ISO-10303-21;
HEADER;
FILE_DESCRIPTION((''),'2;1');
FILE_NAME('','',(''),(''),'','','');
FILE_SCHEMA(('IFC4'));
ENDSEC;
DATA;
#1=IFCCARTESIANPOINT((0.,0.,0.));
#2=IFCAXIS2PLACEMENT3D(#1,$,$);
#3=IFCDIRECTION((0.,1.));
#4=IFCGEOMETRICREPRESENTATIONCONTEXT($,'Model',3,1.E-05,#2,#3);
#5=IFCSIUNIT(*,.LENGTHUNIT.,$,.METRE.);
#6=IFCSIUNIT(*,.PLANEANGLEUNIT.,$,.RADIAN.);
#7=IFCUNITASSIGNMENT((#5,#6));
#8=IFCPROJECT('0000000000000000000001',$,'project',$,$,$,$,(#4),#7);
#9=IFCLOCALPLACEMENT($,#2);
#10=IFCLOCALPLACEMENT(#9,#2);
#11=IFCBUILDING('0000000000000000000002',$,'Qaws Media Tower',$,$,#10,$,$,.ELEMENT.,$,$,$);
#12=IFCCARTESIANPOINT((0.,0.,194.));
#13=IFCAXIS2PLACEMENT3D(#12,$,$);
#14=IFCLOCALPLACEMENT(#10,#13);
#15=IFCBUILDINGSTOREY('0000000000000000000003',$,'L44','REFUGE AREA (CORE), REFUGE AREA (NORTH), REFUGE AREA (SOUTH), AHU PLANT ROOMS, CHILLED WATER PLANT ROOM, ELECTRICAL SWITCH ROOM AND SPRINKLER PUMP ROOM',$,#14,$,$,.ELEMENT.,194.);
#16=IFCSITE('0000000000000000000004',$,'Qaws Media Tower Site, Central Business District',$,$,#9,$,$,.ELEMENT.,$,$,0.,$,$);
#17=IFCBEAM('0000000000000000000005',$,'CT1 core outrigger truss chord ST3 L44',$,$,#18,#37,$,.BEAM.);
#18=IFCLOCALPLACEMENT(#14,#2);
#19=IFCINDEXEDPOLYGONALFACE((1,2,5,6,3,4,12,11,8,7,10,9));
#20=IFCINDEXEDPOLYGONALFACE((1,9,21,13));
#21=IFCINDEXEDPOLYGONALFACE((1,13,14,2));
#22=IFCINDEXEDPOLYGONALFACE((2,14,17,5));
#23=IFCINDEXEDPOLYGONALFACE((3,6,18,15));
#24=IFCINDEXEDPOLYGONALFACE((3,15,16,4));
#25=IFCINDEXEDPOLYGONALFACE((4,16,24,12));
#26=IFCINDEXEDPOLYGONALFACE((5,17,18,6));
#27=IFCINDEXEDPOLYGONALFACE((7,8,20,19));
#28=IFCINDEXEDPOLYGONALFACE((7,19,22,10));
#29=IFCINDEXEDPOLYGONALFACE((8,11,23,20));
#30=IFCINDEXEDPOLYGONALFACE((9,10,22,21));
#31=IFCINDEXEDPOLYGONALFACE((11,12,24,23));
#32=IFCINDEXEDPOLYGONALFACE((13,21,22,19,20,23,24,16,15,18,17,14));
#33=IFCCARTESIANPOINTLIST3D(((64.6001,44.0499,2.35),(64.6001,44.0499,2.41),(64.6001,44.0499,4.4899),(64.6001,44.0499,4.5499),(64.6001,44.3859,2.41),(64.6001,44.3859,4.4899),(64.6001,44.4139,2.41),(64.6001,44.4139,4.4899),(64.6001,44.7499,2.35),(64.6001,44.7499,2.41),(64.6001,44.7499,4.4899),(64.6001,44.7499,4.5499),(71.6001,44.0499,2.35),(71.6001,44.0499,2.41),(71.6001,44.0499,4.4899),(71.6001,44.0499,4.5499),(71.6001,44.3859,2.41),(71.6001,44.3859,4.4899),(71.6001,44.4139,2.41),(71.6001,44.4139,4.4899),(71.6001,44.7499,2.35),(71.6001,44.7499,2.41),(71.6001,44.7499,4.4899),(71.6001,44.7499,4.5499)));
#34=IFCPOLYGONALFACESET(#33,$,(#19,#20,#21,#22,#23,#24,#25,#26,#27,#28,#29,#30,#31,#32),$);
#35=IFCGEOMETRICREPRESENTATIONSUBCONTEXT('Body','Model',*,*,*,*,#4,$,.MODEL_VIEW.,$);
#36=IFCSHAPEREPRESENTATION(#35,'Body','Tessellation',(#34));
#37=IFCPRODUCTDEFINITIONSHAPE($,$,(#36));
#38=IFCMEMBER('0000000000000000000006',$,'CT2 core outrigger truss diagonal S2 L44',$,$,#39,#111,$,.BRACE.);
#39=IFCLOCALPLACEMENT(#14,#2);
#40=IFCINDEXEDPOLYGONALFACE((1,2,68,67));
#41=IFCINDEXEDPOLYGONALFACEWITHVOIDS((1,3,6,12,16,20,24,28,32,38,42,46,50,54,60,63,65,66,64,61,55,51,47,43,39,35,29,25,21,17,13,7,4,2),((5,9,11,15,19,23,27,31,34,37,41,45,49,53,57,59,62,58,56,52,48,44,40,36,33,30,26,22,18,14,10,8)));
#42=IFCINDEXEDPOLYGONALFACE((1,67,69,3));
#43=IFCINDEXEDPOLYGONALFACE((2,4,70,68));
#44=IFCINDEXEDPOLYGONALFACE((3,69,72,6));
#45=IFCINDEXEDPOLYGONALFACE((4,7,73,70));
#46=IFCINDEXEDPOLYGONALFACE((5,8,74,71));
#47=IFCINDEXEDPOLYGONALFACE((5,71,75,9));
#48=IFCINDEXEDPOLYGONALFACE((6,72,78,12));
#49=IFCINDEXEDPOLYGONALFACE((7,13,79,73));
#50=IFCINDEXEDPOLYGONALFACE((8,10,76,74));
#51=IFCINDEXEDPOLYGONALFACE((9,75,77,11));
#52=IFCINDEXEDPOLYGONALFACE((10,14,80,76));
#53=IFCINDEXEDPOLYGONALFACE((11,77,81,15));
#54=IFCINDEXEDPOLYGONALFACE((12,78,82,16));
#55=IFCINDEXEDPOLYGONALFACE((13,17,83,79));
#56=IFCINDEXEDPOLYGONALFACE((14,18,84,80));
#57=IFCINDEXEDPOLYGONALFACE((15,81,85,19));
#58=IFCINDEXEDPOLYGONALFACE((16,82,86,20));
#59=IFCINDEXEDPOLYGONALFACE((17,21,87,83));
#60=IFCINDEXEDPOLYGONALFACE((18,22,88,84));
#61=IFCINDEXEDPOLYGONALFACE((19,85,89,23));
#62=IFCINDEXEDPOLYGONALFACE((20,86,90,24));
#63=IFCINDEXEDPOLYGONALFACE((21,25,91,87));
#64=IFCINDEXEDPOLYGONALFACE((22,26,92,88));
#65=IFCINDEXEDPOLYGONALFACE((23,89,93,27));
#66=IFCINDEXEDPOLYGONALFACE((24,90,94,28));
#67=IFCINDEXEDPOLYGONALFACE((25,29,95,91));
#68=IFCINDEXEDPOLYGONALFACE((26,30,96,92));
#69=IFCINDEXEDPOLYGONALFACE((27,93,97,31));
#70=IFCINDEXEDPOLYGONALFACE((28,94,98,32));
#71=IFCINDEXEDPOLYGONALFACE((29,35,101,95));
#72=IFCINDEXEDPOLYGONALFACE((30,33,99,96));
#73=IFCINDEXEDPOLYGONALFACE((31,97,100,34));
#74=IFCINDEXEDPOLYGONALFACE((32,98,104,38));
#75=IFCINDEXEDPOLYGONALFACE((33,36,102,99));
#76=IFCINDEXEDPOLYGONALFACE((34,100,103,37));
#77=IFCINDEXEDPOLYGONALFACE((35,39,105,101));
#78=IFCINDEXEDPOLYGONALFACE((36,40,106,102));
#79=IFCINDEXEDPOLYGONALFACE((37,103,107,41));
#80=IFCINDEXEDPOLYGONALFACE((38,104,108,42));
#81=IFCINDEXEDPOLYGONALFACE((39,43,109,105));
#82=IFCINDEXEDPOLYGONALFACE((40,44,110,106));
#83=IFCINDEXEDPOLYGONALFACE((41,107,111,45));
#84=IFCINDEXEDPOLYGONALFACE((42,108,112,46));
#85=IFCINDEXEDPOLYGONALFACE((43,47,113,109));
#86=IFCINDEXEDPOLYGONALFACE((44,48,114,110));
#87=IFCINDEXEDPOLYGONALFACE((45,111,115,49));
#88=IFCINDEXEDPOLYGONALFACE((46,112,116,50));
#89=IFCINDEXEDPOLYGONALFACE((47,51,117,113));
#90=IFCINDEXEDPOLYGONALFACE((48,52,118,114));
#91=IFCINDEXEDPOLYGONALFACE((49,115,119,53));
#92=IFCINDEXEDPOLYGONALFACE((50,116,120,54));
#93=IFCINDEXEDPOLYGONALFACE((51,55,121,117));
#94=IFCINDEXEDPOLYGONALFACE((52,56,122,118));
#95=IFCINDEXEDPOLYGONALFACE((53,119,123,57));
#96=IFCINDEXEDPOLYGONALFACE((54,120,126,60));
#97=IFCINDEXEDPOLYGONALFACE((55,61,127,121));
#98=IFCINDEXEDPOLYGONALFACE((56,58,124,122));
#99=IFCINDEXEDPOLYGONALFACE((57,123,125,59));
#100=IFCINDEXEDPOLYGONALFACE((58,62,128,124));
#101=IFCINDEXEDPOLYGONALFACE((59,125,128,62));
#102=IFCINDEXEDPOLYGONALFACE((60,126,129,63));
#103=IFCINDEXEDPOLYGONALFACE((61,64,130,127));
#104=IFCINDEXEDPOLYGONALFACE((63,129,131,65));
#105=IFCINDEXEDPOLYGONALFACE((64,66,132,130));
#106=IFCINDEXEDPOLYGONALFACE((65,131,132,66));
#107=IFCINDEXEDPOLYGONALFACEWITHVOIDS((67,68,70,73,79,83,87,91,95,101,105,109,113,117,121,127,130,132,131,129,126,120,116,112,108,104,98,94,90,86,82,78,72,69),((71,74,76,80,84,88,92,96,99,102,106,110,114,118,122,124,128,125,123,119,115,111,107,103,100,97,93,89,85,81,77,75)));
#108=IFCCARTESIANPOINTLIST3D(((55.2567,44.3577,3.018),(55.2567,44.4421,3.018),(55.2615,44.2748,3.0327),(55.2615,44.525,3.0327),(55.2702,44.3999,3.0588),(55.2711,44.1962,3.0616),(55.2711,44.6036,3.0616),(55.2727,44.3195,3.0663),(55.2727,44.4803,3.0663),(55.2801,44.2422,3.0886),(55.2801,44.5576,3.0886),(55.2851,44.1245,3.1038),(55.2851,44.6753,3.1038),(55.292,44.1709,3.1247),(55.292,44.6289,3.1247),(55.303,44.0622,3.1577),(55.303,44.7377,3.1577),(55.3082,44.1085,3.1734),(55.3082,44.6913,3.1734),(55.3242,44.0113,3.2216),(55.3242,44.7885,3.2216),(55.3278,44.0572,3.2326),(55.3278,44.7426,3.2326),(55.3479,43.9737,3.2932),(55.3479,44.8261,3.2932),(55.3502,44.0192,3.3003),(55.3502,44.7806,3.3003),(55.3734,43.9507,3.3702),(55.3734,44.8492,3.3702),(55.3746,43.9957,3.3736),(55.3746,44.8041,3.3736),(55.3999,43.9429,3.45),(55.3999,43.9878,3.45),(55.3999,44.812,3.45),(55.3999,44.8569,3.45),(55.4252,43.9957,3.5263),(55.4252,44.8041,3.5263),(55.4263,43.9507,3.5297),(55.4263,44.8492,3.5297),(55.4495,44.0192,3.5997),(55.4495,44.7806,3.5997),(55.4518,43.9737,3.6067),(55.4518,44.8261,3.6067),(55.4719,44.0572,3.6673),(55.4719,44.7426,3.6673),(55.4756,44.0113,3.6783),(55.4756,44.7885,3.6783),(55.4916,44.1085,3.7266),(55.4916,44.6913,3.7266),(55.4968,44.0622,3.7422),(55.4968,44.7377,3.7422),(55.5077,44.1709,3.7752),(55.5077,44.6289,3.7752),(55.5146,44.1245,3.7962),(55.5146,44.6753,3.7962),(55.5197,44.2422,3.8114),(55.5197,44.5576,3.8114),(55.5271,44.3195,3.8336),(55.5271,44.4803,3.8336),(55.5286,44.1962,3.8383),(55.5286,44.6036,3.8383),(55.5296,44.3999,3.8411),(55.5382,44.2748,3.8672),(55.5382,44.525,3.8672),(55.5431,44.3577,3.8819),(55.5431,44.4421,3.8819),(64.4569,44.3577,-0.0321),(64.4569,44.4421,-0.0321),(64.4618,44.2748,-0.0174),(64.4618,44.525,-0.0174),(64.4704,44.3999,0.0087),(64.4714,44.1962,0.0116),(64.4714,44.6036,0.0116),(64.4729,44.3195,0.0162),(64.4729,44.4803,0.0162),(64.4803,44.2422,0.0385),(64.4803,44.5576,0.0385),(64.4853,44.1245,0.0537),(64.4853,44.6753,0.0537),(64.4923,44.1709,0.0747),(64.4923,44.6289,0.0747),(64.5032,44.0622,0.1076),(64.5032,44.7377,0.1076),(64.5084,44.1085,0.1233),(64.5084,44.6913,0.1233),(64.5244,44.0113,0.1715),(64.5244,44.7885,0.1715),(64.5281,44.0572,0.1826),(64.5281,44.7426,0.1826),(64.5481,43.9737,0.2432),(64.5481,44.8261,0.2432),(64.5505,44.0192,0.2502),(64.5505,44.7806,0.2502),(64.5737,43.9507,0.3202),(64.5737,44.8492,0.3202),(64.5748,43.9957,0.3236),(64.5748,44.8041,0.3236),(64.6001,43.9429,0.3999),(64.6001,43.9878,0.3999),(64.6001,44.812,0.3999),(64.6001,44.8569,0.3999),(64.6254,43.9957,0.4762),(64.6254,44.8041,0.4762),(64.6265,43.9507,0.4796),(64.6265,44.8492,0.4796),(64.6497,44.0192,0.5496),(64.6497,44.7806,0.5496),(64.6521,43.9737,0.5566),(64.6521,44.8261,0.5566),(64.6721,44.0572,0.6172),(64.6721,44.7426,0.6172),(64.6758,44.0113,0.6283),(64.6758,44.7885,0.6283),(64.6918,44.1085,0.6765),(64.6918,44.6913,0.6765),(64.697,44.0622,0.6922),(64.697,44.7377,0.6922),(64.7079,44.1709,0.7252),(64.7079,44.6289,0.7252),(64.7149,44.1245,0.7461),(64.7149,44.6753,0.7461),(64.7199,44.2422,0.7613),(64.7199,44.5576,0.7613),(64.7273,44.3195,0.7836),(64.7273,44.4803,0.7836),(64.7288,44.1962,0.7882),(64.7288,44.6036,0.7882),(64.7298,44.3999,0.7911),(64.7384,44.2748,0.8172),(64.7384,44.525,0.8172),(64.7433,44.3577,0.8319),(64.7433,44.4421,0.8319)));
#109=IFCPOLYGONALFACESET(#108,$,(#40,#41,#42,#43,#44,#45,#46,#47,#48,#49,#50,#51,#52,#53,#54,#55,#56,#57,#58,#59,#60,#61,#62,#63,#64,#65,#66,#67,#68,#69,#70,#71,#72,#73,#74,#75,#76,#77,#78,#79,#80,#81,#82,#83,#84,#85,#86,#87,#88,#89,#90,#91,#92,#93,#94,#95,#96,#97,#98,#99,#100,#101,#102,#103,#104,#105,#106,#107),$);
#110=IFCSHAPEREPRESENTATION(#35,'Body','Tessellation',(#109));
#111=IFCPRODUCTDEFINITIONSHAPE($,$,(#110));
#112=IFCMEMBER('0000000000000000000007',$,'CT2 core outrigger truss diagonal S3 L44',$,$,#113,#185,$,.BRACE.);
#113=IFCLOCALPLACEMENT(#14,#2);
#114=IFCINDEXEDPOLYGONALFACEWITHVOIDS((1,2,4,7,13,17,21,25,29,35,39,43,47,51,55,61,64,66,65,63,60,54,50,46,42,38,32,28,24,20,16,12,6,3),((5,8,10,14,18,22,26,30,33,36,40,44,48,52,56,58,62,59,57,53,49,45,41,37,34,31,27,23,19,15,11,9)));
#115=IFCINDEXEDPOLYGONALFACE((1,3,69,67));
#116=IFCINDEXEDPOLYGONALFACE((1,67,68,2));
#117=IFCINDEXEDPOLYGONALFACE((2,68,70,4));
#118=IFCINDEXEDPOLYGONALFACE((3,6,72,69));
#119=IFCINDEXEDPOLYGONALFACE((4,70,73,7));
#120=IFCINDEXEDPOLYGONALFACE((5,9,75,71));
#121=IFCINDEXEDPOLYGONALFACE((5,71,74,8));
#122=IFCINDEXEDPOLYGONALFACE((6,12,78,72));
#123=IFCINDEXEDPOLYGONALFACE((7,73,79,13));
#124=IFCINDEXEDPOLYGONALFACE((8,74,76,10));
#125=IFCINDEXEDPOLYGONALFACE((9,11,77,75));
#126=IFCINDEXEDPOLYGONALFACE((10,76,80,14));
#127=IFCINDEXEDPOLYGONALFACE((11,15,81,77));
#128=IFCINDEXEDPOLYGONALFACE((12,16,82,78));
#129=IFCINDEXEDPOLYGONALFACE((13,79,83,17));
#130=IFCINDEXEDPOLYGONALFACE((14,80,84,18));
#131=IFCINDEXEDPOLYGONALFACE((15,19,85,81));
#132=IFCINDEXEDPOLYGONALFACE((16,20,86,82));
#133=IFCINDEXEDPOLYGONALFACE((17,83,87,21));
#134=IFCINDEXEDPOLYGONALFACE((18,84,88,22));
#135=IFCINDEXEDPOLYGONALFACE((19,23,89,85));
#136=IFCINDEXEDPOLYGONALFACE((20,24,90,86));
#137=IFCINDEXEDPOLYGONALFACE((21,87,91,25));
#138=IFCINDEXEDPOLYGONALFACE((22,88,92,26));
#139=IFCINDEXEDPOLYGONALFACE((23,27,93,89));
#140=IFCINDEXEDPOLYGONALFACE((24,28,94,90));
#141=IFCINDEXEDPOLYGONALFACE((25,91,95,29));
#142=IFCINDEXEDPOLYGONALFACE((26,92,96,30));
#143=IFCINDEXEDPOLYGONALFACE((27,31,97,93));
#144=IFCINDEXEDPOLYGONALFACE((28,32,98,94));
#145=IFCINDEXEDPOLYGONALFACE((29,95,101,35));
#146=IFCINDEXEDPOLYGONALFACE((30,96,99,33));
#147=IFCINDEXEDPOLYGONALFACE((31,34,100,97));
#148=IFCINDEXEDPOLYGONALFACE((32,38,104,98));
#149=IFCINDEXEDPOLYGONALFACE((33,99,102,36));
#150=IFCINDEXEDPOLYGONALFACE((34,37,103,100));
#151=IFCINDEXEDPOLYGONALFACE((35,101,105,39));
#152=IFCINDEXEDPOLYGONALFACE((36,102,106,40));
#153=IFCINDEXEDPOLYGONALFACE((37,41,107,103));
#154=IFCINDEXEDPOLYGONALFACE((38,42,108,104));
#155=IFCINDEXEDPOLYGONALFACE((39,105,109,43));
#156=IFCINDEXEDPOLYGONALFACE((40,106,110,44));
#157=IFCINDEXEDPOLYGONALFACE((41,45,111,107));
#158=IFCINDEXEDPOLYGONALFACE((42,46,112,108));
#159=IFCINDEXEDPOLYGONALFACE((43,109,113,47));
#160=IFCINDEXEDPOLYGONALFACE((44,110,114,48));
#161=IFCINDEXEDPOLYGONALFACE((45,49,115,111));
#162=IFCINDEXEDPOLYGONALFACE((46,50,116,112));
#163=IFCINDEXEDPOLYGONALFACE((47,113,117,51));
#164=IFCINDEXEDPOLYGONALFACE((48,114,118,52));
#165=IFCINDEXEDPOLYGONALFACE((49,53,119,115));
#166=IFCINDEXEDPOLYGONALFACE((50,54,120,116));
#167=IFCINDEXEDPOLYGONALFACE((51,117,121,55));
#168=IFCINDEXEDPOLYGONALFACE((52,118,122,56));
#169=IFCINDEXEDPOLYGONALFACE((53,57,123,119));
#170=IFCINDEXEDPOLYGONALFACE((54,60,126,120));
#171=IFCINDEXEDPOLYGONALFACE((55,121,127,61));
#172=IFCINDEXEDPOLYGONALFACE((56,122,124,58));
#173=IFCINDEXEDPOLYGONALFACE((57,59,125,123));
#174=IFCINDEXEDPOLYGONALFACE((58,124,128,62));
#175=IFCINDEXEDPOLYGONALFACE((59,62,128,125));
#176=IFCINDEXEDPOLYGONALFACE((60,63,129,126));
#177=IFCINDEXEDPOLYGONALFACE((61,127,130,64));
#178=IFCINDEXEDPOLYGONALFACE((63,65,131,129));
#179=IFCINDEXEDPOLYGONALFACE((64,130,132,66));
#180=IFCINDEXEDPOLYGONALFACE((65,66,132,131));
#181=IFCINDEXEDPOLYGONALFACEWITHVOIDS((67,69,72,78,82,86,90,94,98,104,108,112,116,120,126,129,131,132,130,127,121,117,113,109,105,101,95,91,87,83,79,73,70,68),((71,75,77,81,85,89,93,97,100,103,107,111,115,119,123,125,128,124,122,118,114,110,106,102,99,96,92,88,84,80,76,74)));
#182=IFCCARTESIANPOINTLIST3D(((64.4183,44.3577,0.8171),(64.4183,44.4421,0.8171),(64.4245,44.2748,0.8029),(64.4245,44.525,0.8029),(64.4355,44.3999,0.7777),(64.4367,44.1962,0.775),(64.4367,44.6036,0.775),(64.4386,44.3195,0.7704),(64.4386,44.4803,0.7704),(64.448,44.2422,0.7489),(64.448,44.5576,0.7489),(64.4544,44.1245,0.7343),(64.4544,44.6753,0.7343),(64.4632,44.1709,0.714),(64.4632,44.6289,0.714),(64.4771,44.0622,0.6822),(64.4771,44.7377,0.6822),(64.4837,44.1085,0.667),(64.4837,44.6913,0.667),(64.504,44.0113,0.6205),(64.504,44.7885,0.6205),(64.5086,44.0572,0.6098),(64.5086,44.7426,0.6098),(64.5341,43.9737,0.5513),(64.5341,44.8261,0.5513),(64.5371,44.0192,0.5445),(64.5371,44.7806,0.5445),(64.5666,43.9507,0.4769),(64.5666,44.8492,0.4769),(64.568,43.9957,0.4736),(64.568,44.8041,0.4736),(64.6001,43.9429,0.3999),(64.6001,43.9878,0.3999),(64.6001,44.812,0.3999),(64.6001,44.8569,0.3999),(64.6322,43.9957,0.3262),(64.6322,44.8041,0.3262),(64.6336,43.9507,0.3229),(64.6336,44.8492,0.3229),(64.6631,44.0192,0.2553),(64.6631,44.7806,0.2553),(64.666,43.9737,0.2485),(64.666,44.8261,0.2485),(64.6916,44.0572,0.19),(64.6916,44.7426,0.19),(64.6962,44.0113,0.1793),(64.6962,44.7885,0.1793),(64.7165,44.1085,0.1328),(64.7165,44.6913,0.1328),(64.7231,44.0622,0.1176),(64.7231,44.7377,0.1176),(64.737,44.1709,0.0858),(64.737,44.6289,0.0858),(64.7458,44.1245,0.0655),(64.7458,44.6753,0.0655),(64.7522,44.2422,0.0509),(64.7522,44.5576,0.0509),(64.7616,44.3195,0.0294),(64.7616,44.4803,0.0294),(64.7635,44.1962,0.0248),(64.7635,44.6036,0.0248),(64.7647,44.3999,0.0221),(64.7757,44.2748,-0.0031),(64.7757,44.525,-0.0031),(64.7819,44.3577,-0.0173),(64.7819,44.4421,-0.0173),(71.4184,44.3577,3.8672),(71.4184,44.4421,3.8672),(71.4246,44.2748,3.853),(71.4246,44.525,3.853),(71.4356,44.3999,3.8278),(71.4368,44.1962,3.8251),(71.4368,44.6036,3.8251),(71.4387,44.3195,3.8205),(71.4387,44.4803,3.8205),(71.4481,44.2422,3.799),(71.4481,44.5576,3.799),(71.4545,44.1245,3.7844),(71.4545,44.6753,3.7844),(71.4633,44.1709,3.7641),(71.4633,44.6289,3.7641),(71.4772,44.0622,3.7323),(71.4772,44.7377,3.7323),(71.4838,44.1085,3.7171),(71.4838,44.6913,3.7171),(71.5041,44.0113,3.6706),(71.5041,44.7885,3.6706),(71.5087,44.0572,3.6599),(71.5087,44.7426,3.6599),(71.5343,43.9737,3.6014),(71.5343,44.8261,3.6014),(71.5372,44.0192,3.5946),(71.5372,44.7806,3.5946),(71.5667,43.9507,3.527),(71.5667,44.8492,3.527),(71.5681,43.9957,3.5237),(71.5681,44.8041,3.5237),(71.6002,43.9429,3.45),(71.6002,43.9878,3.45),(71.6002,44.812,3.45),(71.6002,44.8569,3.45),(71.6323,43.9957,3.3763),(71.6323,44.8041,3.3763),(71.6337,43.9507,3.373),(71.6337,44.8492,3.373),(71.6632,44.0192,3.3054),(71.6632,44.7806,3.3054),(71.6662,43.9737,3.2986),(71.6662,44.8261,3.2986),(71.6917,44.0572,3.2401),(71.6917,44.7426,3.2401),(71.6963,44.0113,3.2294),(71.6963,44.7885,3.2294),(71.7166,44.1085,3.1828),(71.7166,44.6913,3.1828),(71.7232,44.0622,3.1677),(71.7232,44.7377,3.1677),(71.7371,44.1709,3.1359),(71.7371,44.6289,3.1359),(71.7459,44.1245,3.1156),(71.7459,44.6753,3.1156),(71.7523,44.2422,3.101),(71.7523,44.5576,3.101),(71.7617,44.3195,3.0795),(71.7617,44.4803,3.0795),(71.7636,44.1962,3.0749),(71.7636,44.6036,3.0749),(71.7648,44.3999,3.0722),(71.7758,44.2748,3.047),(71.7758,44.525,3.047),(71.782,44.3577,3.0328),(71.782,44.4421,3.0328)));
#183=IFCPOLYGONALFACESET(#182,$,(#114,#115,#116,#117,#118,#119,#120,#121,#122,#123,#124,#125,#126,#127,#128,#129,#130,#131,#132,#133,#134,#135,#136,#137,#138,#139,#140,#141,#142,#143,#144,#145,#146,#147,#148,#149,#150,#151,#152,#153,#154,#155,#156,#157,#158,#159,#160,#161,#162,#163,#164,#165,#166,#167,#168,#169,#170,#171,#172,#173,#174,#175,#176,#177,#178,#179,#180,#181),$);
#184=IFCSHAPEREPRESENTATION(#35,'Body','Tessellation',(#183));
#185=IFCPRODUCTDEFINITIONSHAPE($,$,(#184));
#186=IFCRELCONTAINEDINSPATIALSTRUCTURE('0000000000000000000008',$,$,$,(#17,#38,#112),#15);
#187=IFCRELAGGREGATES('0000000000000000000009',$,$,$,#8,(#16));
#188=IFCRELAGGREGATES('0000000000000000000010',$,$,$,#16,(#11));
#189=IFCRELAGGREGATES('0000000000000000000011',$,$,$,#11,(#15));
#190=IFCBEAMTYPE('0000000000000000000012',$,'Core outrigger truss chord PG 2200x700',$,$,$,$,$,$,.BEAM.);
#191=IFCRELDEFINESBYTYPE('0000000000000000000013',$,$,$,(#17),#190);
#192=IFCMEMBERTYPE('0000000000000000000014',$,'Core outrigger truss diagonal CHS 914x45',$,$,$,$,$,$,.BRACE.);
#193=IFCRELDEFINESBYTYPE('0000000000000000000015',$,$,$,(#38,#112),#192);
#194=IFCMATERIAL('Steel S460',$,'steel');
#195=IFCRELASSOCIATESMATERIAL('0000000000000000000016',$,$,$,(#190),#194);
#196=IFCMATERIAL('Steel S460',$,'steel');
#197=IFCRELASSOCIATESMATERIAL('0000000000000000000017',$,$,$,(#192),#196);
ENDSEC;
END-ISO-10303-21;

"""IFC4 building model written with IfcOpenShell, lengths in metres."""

from ifc_helpers import new_model, si_unit, direction, frame, origin, origin_2d, place, context, subcontext, project, spatial, hollow_circle, i_section, extrude, material, material_profile, profile_set, type_object, element, save


model = new_model("IFC4")

# Units and contexts
model_context = context("Model", 3, precision=1e-05, world=origin(), true_north=direction((0.0, 1.0)))
body_context = subcontext(model_context, "Body", "Model", "MODEL_VIEW")
ifc_project = project(units=[si_unit("LENGTHUNIT", "METRE"), si_unit("PLANEANGLEUNIT", "RADIAN")], contexts=[model_context])

# Site, building, storey
site_placement = place(None, origin())
site = spatial("IfcSite", under=ifc_project, at=site_placement, Name="Qaws Media Tower Site, Central Business District", CompositionType="ELEMENT", RefElevation=0.0)
building_placement = place(site_placement, origin())
building = spatial("IfcBuilding", under=site, at=building_placement, Name="Qaws Media Tower", CompositionType="ELEMENT")
storey_placement = place(building_placement, frame((0.0, 0.0, 194.0)))
storey = spatial("IfcBuildingStorey", under=building, at=storey_placement, Name="L44", Description="REFUGE AREA (CORE), REFUGE AREA (NORTH), REFUGE AREA (SOUTH), AHU PLANT ROOMS, CHILLED WATER PLANT ROOM, ELECTRICAL SWITCH ROOM AND SPRINKLER PUMP ROOM", CompositionType="ELEMENT", Elevation=194.0)

# Beam
ifc_material_1 = material(Name="Steel S460", Category="steel")
ifc_material_profile_1 = material_profile(ifc_material_1, i_section(OverallWidth=0.7, OverallDepth=2.2, WebThickness=0.0281, FlangeThickness=0.0601, at=origin_2d()), Name="PG 2200x700")
ifc_profile_set_1 = profile_set([ifc_material_profile_1], Name="Steel S460")
beam_type_1 = type_object("IfcBeamType", Name="Core outrigger truss chord PG 2200x700", PredefinedType="BEAM", material=ifc_profile_set_1)
for number, where, z_axis, x_axis, name in (
    (1, (64.6001, 44.3999, 3.45), (1.0, 0.0, 0.0), (0.0, 1.0, 0.0), "CT1 core outrigger truss chord ST3 L44"),
):
    element("IfcBeam", number, at=place(storey_placement, frame(where, z_axis=z_axis, x_axis=x_axis)), inside=storey, type_object=beam_type_1, Name=name, PredefinedType="BEAM", context=body_context, shape_type="SweptSolid", body=[
        extrude(i_section(OverallWidth=0.7, OverallDepth=2.2, WebThickness=0.0281, FlangeThickness=0.0601, at=origin_2d()), origin(), (0.0, 0.0, 1.0), 7.0),
    ])

# Members
ifc_material_2 = material(Name="Steel S460", Category="steel")
ifc_material_profile_2 = material_profile(ifc_material_2, hollow_circle(Radius=0.457, WallThickness=0.0449, at=origin_2d()), Name="CHS 914x45")
ifc_profile_set_2 = profile_set([ifc_material_profile_2], Name="Steel S460")
member_type_1 = type_object("IfcMemberType", Name="Core outrigger truss diagonal CHS 914x45", PredefinedType="BRACE", material=ifc_profile_set_2)
member_1_placement = place(storey_placement, frame((64.6001, 44.3999, 0.3999), z_axis=(-0.949198, 0.0, 0.314678), x_axis=(0.0, -1.0, 0.0)))
element("IfcMember", 2, at=member_1_placement, inside=storey, type_object=member_type_1, Name="CT2 core outrigger truss diagonal S2 L44", PredefinedType="BRACE", context=body_context, shape_type="SweptSolid", body=[
    extrude(hollow_circle(Radius=0.457, WallThickness=0.0449, at=origin_2d()), origin(), (0.0, 0.0, 1.0), 9.6926),
])
member_2_placement = place(storey_placement, frame((64.6001, 44.3999, 0.3999), z_axis=(0.916755, 0.0, 0.39945), x_axis=(0.0, 1.0, 0.0)))
element("IfcMember", 3, at=member_2_placement, inside=storey, type_object=member_type_1, Name="CT2 core outrigger truss diagonal S3 L44", PredefinedType="BRACE", context=body_context, shape_type="SweptSolid", body=[
    extrude(hollow_circle(Radius=0.457, WallThickness=0.0449, at=origin_2d()), origin(), (0.0, 0.0, 1.0), 7.6357),
])

save(model, "model.ifc")
